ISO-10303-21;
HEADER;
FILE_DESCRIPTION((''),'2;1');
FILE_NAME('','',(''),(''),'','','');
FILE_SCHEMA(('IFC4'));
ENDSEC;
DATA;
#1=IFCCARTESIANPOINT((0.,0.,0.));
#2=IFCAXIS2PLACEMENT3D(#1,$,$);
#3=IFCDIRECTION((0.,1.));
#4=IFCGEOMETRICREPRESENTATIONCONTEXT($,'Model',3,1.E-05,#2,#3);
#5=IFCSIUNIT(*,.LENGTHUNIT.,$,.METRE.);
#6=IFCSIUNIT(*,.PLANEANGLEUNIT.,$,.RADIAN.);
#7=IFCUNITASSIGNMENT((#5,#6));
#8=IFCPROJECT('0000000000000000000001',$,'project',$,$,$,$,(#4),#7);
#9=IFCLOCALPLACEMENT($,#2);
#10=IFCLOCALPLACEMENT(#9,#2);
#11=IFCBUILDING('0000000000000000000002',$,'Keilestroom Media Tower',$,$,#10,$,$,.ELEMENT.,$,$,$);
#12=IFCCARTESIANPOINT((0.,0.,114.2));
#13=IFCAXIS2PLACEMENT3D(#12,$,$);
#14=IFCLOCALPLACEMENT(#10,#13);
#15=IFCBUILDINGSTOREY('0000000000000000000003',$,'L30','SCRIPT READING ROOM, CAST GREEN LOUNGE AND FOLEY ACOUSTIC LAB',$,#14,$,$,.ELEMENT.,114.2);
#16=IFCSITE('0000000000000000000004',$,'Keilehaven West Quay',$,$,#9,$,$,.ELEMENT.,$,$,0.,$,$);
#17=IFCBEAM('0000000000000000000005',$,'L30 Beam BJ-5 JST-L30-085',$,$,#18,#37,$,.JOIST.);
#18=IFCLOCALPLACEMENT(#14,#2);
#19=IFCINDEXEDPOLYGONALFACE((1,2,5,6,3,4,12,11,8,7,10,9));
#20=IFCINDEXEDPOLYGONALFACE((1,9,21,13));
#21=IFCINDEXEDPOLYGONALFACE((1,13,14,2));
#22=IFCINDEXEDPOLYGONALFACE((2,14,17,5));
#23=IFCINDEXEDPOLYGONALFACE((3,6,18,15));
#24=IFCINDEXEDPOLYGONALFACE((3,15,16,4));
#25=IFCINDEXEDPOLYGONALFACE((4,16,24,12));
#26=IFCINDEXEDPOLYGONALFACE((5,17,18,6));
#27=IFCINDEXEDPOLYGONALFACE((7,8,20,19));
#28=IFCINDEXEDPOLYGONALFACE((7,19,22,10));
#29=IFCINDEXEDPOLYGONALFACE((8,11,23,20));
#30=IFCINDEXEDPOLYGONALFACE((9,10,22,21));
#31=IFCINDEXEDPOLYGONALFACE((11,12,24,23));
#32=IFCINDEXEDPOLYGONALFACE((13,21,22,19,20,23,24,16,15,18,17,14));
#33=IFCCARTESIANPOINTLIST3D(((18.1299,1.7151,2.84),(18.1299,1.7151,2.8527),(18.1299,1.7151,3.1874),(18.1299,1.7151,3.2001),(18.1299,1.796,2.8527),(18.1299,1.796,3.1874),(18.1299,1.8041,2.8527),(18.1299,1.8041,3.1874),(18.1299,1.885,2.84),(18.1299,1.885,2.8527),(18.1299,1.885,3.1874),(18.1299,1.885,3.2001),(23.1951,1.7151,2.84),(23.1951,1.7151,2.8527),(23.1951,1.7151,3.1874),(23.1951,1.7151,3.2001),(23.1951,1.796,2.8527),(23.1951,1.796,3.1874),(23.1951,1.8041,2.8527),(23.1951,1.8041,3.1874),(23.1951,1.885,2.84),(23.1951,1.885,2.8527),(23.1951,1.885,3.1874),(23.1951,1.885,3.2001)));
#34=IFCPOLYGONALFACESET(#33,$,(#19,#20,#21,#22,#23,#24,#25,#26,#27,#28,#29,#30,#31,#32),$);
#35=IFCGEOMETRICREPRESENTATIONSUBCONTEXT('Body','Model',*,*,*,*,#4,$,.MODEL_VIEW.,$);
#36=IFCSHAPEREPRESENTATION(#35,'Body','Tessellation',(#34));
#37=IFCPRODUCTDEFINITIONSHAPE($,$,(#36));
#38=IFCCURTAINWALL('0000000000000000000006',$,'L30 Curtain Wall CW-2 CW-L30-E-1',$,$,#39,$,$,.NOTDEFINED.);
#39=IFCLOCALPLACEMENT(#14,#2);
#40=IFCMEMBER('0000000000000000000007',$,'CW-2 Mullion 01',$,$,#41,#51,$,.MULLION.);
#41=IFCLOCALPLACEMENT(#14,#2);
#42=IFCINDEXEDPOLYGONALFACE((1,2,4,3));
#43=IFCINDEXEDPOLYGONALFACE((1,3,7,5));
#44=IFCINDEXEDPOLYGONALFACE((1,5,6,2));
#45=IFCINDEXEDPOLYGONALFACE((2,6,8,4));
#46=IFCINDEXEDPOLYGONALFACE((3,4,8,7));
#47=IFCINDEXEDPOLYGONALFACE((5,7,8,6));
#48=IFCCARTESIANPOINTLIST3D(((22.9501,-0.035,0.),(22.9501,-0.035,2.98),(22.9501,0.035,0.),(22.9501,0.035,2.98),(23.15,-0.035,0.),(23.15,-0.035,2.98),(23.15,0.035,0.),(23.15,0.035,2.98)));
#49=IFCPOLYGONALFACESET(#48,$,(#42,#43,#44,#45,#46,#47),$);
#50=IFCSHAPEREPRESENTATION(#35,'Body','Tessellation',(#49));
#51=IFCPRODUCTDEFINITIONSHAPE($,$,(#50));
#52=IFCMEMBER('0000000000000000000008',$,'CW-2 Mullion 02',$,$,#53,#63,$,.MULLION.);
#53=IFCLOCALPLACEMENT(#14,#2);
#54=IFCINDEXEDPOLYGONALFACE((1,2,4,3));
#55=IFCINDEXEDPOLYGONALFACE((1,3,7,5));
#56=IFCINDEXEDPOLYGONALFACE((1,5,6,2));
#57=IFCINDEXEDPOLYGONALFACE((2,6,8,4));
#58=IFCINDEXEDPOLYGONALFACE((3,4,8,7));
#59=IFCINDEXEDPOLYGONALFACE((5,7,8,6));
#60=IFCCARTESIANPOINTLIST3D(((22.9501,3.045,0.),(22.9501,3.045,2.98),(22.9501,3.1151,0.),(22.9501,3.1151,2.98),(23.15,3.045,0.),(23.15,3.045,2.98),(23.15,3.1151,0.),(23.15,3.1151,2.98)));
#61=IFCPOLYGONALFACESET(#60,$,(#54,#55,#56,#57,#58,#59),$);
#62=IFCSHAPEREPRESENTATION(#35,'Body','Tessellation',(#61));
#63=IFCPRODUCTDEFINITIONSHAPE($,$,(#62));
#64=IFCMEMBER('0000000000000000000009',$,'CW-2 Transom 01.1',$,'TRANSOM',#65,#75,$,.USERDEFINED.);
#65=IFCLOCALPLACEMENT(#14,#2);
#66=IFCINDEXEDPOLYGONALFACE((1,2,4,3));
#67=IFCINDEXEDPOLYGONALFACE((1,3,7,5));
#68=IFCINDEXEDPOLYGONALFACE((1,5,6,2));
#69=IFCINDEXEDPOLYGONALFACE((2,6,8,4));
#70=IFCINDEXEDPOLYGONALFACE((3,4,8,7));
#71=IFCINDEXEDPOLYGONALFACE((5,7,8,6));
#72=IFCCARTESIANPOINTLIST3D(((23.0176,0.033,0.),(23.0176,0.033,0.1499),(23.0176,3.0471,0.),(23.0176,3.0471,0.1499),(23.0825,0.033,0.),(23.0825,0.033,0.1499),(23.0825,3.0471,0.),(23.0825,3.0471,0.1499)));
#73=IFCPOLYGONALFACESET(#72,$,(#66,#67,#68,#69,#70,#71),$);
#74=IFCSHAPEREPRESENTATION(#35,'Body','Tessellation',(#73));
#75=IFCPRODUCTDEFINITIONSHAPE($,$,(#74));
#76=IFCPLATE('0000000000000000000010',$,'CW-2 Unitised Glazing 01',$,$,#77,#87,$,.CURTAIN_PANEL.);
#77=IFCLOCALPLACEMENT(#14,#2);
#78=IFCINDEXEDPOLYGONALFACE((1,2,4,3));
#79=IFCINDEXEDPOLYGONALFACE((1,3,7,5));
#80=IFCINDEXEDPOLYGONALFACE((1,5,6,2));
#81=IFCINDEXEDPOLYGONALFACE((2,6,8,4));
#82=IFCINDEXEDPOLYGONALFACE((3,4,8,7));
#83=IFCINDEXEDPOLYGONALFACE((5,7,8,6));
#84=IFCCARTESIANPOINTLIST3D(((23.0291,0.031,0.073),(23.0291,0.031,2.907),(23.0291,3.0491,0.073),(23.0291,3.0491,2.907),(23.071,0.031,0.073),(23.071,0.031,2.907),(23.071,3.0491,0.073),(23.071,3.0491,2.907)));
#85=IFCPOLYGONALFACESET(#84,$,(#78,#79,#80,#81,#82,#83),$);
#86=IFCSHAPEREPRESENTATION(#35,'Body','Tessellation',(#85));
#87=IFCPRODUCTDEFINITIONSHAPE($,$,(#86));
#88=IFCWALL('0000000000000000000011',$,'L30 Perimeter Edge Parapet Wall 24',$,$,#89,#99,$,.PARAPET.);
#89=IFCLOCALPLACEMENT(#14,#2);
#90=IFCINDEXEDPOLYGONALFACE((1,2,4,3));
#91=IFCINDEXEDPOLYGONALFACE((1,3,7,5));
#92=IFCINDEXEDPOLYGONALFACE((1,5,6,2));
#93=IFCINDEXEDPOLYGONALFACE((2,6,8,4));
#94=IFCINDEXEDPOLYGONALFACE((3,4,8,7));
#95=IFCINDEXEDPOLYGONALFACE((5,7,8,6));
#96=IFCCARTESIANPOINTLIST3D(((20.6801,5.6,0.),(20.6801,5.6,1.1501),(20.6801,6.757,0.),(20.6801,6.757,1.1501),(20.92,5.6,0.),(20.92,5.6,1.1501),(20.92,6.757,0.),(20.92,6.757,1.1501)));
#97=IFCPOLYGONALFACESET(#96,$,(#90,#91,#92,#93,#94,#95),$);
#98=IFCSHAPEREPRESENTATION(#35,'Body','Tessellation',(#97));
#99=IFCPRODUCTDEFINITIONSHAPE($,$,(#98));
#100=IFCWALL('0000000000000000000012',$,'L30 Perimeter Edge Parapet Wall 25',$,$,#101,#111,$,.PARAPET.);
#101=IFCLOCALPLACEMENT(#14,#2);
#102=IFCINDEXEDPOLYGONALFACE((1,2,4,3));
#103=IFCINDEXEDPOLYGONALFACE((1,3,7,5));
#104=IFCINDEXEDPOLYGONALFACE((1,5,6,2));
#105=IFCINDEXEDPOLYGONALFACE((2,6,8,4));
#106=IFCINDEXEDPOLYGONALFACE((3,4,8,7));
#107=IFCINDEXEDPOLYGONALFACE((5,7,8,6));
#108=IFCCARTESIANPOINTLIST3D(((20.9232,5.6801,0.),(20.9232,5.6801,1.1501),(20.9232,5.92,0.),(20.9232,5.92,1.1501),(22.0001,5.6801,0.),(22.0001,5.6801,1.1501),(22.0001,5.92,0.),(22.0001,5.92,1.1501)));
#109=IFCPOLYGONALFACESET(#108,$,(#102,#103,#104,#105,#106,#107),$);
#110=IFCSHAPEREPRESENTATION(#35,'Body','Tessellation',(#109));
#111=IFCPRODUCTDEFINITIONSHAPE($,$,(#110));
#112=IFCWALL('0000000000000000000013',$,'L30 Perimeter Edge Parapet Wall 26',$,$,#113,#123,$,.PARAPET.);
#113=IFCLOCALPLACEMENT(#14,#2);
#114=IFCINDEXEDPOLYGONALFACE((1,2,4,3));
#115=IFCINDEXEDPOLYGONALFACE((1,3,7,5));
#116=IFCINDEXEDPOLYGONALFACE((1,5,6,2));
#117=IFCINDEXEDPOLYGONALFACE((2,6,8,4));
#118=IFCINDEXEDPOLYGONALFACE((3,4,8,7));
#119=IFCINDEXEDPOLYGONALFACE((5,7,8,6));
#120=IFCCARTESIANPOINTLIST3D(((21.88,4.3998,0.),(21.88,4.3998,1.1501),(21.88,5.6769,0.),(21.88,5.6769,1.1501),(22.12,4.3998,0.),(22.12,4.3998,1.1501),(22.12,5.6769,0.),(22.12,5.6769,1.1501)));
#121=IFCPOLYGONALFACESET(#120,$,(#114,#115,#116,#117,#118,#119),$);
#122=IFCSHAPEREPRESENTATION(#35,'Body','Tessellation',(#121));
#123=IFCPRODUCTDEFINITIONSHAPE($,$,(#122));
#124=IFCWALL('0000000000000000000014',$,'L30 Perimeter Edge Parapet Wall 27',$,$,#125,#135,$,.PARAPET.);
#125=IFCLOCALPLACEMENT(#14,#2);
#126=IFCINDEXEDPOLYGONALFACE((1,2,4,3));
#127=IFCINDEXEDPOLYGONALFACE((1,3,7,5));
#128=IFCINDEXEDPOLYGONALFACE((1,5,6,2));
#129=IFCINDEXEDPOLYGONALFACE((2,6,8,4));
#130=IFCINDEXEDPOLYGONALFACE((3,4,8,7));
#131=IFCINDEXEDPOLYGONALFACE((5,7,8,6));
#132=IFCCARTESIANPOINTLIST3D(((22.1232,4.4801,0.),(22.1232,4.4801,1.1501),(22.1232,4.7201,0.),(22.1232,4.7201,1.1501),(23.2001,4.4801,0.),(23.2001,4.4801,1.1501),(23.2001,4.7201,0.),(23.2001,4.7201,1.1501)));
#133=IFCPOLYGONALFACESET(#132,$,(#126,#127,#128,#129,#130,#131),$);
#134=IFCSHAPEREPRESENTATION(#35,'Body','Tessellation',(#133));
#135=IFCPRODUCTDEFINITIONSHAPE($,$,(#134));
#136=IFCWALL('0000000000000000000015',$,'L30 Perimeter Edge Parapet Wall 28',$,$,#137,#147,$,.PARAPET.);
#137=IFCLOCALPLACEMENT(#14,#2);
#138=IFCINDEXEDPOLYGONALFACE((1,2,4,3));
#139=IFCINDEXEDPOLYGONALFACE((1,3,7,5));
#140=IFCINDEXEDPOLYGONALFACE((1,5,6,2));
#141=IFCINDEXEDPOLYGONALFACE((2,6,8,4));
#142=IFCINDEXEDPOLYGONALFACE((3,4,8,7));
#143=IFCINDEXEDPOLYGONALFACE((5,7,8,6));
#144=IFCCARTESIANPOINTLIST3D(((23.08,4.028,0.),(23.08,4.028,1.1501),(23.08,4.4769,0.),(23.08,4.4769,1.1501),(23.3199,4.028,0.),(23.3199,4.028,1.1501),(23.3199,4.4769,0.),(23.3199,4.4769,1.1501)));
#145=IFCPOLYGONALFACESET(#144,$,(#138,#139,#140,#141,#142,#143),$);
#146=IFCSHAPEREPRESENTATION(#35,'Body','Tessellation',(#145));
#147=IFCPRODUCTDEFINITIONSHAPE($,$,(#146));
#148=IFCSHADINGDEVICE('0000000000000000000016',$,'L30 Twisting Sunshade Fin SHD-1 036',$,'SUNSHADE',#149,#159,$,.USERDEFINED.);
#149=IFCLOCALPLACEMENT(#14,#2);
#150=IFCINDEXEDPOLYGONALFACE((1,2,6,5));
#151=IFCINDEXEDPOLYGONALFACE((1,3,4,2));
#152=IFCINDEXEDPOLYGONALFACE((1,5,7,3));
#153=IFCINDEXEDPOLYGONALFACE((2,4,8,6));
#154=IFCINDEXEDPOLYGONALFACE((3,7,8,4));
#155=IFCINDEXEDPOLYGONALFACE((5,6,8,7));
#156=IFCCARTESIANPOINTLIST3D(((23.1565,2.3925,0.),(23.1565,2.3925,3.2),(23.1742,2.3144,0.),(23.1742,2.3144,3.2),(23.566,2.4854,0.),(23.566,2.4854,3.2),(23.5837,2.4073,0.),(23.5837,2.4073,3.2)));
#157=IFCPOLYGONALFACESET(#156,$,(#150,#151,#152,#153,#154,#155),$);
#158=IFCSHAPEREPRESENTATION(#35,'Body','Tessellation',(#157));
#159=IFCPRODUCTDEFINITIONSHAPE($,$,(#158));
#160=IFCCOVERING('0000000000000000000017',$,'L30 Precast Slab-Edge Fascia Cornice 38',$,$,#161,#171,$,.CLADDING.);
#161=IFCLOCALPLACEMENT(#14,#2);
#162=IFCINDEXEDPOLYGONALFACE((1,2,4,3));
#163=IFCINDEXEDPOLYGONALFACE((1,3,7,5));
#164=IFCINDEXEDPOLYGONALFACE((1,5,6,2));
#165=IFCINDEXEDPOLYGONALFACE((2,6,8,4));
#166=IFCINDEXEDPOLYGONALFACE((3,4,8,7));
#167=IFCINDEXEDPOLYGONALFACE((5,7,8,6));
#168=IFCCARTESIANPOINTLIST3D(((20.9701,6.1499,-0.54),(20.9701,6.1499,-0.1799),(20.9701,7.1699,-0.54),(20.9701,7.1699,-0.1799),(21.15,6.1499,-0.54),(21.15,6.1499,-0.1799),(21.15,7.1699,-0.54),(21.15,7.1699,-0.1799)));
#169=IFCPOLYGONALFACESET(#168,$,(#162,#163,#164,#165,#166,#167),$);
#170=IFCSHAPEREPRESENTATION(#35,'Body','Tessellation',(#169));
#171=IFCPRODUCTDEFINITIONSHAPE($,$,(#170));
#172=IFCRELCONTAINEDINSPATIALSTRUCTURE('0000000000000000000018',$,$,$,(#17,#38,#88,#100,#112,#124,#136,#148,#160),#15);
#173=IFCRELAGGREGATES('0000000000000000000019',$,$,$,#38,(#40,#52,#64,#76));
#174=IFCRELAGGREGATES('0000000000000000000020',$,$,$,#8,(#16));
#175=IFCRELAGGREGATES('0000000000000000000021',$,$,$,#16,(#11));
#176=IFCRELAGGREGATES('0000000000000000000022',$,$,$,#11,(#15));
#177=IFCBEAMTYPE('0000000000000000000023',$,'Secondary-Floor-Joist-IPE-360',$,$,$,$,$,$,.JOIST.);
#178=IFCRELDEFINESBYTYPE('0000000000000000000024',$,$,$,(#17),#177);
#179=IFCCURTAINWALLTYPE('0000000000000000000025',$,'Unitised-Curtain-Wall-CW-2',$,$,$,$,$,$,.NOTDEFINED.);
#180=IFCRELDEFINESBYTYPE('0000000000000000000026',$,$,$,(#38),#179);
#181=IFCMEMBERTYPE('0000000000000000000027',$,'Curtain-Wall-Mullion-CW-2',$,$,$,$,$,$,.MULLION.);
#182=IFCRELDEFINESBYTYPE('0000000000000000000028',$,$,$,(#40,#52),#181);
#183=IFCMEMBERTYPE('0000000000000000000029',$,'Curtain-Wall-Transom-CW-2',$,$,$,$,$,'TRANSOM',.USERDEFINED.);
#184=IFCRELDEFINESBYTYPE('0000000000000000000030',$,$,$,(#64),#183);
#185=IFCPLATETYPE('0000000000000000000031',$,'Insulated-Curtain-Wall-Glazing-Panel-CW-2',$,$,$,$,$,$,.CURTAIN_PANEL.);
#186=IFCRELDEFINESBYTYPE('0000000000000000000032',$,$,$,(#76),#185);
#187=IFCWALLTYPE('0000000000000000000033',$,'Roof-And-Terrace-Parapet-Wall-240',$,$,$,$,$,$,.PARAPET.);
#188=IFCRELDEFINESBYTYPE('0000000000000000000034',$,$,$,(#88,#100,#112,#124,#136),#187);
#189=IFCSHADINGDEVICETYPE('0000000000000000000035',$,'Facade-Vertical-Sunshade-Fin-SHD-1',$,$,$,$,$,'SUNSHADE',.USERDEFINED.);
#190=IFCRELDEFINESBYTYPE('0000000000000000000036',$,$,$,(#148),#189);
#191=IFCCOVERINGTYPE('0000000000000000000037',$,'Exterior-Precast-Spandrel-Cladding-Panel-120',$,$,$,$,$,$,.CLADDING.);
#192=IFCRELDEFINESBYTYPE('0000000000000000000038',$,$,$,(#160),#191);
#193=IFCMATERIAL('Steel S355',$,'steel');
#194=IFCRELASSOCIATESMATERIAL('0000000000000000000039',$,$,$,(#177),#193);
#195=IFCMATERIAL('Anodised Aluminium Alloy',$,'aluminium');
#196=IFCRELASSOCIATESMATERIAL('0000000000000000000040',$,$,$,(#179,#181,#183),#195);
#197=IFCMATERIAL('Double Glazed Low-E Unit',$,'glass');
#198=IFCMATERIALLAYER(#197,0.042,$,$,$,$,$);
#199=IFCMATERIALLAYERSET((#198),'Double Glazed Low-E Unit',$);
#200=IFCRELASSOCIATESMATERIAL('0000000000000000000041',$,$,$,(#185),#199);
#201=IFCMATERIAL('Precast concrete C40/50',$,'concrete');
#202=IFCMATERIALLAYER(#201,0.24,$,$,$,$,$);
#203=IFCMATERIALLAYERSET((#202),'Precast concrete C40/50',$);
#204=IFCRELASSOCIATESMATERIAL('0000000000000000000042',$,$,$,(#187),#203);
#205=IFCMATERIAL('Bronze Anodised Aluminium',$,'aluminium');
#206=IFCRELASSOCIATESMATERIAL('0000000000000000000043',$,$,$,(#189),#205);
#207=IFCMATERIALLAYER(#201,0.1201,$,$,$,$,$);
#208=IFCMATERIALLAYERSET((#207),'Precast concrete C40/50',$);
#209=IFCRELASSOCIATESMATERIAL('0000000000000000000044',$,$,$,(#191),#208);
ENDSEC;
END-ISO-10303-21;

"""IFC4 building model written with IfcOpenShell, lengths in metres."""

from ifc_helpers import new_model, si_unit, direction, frame, frame_2d, origin, origin_2d, place, context, subcontext, project, spatial, rectangle, i_section, extrude, source, transform, mapped, material, layer, layer_set, material_profile, profile_set, type_object, element, aggregate, save


model = new_model("IFC4")

# Units and contexts
model_context = context("Model", 3, precision=1e-05, world=origin(), true_north=direction((0.0, 1.0)))
body_context = subcontext(model_context, "Body", "Model", "MODEL_VIEW")
ifc_project = project(units=[si_unit("LENGTHUNIT", "METRE"), si_unit("PLANEANGLEUNIT", "RADIAN")], contexts=[model_context])

# Site, building, storey
site_placement = place(None, origin())
site = spatial("IfcSite", under=ifc_project, at=site_placement, Name="Keilehaven West Quay", CompositionType="ELEMENT", RefElevation=0.0)
building_placement = place(site_placement, origin())
building = spatial("IfcBuilding", under=site, at=building_placement, Name="Keilestroom Media Tower", CompositionType="ELEMENT")
storey_placement = place(building_placement, frame((0.0, 0.0, 114.2)))
storey = spatial("IfcBuildingStorey", under=building, at=storey_placement, Name="L30", Description="SCRIPT READING ROOM, CAST GREEN LOUNGE AND FOLEY ACOUSTIC LAB", CompositionType="ELEMENT", Elevation=114.2)

# Shared definitions
ifc_material_1 = material(Name="Precast concrete C40/50", Category="concrete")
ifc_material_2 = material(Name="Steel S355", Category="steel")

# Beam
ifc_material_profile_1 = material_profile(ifc_material_2, i_section(OverallWidth=0.1699, OverallDepth=0.3601, WebThickness=0.0081, FlangeThickness=0.0127, at=origin_2d()), Name="IPE 360")
ifc_profile_set_1 = profile_set([ifc_material_profile_1], Name="Steel S355")
beam_type_1 = type_object("IfcBeamType", Name="Secondary-Floor-Joist-IPE-360", PredefinedType="JOIST", material=ifc_profile_set_1)
shared_shape_1 = source(origin(), body_context, "Body", "SweptSolid", [
    extrude(i_section(OverallWidth=0.1699, OverallDepth=0.3601, WebThickness=0.0081, FlangeThickness=0.0127, at=origin_2d()), origin(), (0.0, 0.0, 1.0), 5.0652),
])
for number, where, z_axis, x_axis, name in (
    (1, (18.1299, 1.8, 3.02), (1.0, 0.0, 0.0), (0.0, 1.0, 0.0), "L30 Beam BJ-5 JST-L30-085"),
):
    element("IfcBeam", number, at=place(storey_placement, frame(where, z_axis=z_axis, x_axis=x_axis)), inside=storey, type_object=beam_type_1, Name=name, PredefinedType="JOIST", context=body_context, shape_type="MappedRepresentation", body=[
        mapped(shared_shape_1, transform((0.0, 0.0, 0.0), x_axis=(1.0, 0.0, 0.0), y_axis=(0.0, 1.0, 0.0), z_axis=(0.0, 0.0, 1.0), scale=1.0)),
    ])

# Curtain wall, members, plate
ifc_material_3 = material(Name="Anodised Aluminium Alloy", Category="aluminium")
curtain_wall_type = type_object("IfcCurtainWallType", Name="Unitised-Curtain-Wall-CW-2", PredefinedType="NOTDEFINED", material=ifc_material_3)
curtain_wall_placement = place(storey_placement, origin())
curtain_wall = element("IfcCurtainWall", 2, at=curtain_wall_placement, inside=storey, type_object=curtain_wall_type, Name="L30 Curtain Wall CW-2 CW-L30-E-1", PredefinedType="NOTDEFINED")
ifc_material_profile_2 = material_profile(ifc_material_3, rectangle(XDim=0.0701, YDim=0.2, at=origin_2d()), Name="ALU MULLION 70x200")
ifc_profile_set_2 = profile_set([ifc_material_profile_2], Name="Anodised Aluminium Alloy")
member_type_1 = type_object("IfcMemberType", Name="Curtain-Wall-Mullion-CW-2", PredefinedType="MULLION", material=ifc_profile_set_2)
shared_shape_2 = source(origin(), body_context, "Body", "SweptSolid", [
    extrude(rectangle(XDim=0.0701, YDim=0.2, at=origin_2d()), origin(), (0.0, 0.0, 1.0), 2.98),
])
member_1_placement = place(storey_placement, frame((23.05, 0.0, 0.0), z_axis=(0.0, 0.0, 1.0), x_axis=(0.0, 1.0, 0.0)))
member_1 = element("IfcMember", 3, at=member_1_placement, type_object=member_type_1, Name="CW-2 Mullion 01", PredefinedType="MULLION", context=body_context, shape_type="MappedRepresentation", body=[
    mapped(shared_shape_2, transform((0.0, 0.0, 0.0), x_axis=(1.0, 0.0, 0.0), y_axis=(0.0, 1.0, 0.0), z_axis=(0.0, 0.0, 1.0), scale=1.0)),
])
member_2_placement = place(storey_placement, frame((23.05, 3.0801, 0.0), z_axis=(0.0, 0.0, 1.0), x_axis=(0.0, 1.0, 0.0)))
member_2 = element("IfcMember", 4, at=member_2_placement, type_object=member_type_1, Name="CW-2 Mullion 02", PredefinedType="MULLION", context=body_context, shape_type="MappedRepresentation", body=[
    mapped(shared_shape_2, transform((0.0, 0.0, 0.0), x_axis=(1.0, 0.0, 0.0), y_axis=(0.0, 1.0, 0.0), z_axis=(0.0, 0.0, 1.0), scale=1.0)),
])
ifc_material_profile_3 = material_profile(ifc_material_3, rectangle(XDim=0.0649, YDim=0.1499, at=origin_2d()), Name="ALU TRANSOM 65x150")
ifc_profile_set_3 = profile_set([ifc_material_profile_3], Name="Anodised Aluminium Alloy")
member_type_2 = type_object("IfcMemberType", Name="Curtain-Wall-Transom-CW-2", ElementType="TRANSOM", PredefinedType="USERDEFINED", material=ifc_profile_set_3)
shared_shape_3 = source(origin(), body_context, "Body", "SweptSolid", [
    extrude(rectangle(XDim=0.0649, YDim=0.1499, at=origin_2d()), origin(), (0.0, 0.0, 1.0), 3.0142),
])
member_3_placement = place(storey_placement, frame((23.05, 0.033, 0.075), z_axis=(0.0, 1.0, 0.0), x_axis=(-1.0, 0.0, 0.0)))
member_3 = element("IfcMember", 5, at=member_3_placement, type_object=member_type_2, Name="CW-2 Transom 01.1", ObjectType="TRANSOM", PredefinedType="USERDEFINED", context=body_context, shape_type="MappedRepresentation", body=[
    mapped(shared_shape_3, transform((0.0, 0.0, 0.0), x_axis=(1.0, 0.0, 0.0), y_axis=(0.0, 1.0, 0.0), z_axis=(0.0, 0.0, 1.0), scale=1.0)),
])
ifc_material_4 = material(Name="Double Glazed Low-E Unit", Category="glass")
ifc_layer_1 = layer(ifc_material_4, 0.042)
ifc_layer_set_1 = layer_set([ifc_layer_1], Name="Double Glazed Low-E Unit")
plate_type = type_object("IfcPlateType", Name="Insulated-Curtain-Wall-Glazing-Panel-CW-2", PredefinedType="CURTAIN_PANEL", material=ifc_layer_set_1)
shared_shape_4 = source(origin(), body_context, "Body", "SweptSolid", [
    extrude(rectangle(XDim=3.0181, YDim=0.042, at=origin_2d()), origin(), (0.0, 0.0, 1.0), 2.834),
])
plate_placement = place(storey_placement, frame((23.05, 1.54, 0.073), z_axis=(0.0, 0.0, 1.0), x_axis=(0.0, 1.0, 0.0)))
plate = element("IfcPlate", 6, at=plate_placement, type_object=plate_type, Name="CW-2 Unitised Glazing 01", PredefinedType="CURTAIN_PANEL", context=body_context, shape_type="MappedRepresentation", body=[
    mapped(shared_shape_4, transform((0.0, 0.0, 0.0), x_axis=(1.0, 0.0, 0.0), y_axis=(0.0, 1.0, 0.0), z_axis=(0.0, 0.0, 1.0), scale=1.0)),
])
aggregate(curtain_wall, [member_1, member_2, member_3, plate])

# Walls
ifc_layer_2 = layer(ifc_material_1, 0.24)
ifc_layer_set_2 = layer_set([ifc_layer_2], Name="Precast concrete C40/50")
wall_type = type_object("IfcWallType", Name="Roof-And-Terrace-Parapet-Wall-240", PredefinedType="PARAPET", material=ifc_layer_set_2)
wall_1_placement = place(storey_placement, frame((20.8, 6.7571, 0.0), z_axis=(0.0, 0.0, 1.0), x_axis=(0.0, -1.0, 0.0)))
element("IfcWall", 7, at=wall_1_placement, inside=storey, type_object=wall_type, Name="L30 Perimeter Edge Parapet Wall 24", PredefinedType="PARAPET", context=body_context, shape_type="SweptSolid", body=[
    extrude(rectangle(XDim=1.157, YDim=0.24, at=frame_2d((0.5786, 0.0))), origin(), (0.0, 0.0, 1.0), 1.1501),
])
wall_2_placement = place(storey_placement, frame((20.9231, 5.8, 0.0), z_axis=(0.0, 0.0, 1.0), x_axis=(1.0, 0.0, 0.0)))
element("IfcWall", 8, at=wall_2_placement, inside=storey, type_object=wall_type, Name="L30 Perimeter Edge Parapet Wall 25", PredefinedType="PARAPET", context=body_context, shape_type="SweptSolid", body=[
    extrude(rectangle(XDim=1.0769, YDim=0.24, at=frame_2d((0.5386, 0.0))), origin(), (0.0, 0.0, 1.0), 1.1501),
])
wall_3_placement = place(storey_placement, frame((22.0, 5.677, 0.0), z_axis=(0.0, 0.0, 1.0), x_axis=(0.0, -1.0, 0.0)))
element("IfcWall", 9, at=wall_3_placement, inside=storey, type_object=wall_type, Name="L30 Perimeter Edge Parapet Wall 26", PredefinedType="PARAPET", context=body_context, shape_type="SweptSolid", body=[
    extrude(rectangle(XDim=1.2771, YDim=0.24, at=frame_2d((0.6387, 0.0))), origin(), (0.0, 0.0, 1.0), 1.1501),
])
wall_4_placement = place(storey_placement, frame((22.123, 4.6001, 0.0), z_axis=(0.0, 0.0, 1.0), x_axis=(1.0, 0.0, 0.0)))
element("IfcWall", 10, at=wall_4_placement, inside=storey, type_object=wall_type, Name="L30 Perimeter Edge Parapet Wall 27", PredefinedType="PARAPET", context=body_context, shape_type="SweptSolid", body=[
    extrude(rectangle(XDim=1.0769, YDim=0.24, at=frame_2d((0.5386, 0.0))), origin(), (0.0, 0.0, 1.0), 1.1501),
])
wall_5_placement = place(storey_placement, frame((23.2, 4.4771, 0.0), z_axis=(0.0, 0.0, 1.0), x_axis=(0.0, -1.0, 0.0)))
element("IfcWall", 11, at=wall_5_placement, inside=storey, type_object=wall_type, Name="L30 Perimeter Edge Parapet Wall 28", PredefinedType="PARAPET", context=body_context, shape_type="SweptSolid", body=[
    extrude(rectangle(XDim=0.449, YDim=0.24, at=frame_2d((0.2246, 0.0))), origin(), (0.0, 0.0, 1.0), 1.1501),
])

# Shading device
ifc_material_5 = material(Name="Bronze Anodised Aluminium", Category="aluminium")
shading_device_type = type_object("IfcShadingDeviceType", Name="Facade-Vertical-Sunshade-Fin-SHD-1", ElementType="SUNSHADE", PredefinedType="USERDEFINED", material=ifc_material_5)
shared_shape_5 = source(origin(), body_context, "Body", "SweptSolid", [
    extrude(rectangle(XDim=0.4199, YDim=0.0801, at=origin_2d()), origin(), (0.0, 0.0, 1.0), 3.2),
])
shading_device_placement = place(storey_placement, frame((23.3701, 2.3999, 0.0), z_axis=(0.0, 0.0, 1.0), x_axis=(0.975188, 0.221378, 0.0)))
element("IfcShadingDevice", 12, at=shading_device_placement, inside=storey, type_object=shading_device_type, Name="L30 Twisting Sunshade Fin SHD-1 036", ObjectType="SUNSHADE", PredefinedType="USERDEFINED", context=body_context, shape_type="MappedRepresentation", body=[
    mapped(shared_shape_5, transform((0.0, 0.0, 0.0), x_axis=(1.0, 0.0, 0.0), y_axis=(0.0, 1.0, 0.0), z_axis=(0.0, 0.0, 1.0), scale=1.0)),
])

# Covering
ifc_layer_3 = layer(ifc_material_1, 0.1201)
ifc_layer_set_3 = layer_set([ifc_layer_3], Name="Precast concrete C40/50")
covering_type = type_object("IfcCoveringType", Name="Exterior-Precast-Spandrel-Cladding-Panel-120", PredefinedType="CLADDING", material=ifc_layer_set_3)
shared_shape_6 = source(origin(), body_context, "Body", "SweptSolid", [
    extrude(rectangle(XDim=1.02, YDim=0.1799, at=origin_2d()), origin(), (0.0, 0.0, 1.0), 0.3601),
])
for number, where, z_axis, x_axis, name in (
    (13, (21.0601, 6.6599, -0.54), (0.0, 0.0, 1.0), (0.0, -1.0, 0.0), "L30 Precast Slab-Edge Fascia Cornice 38"),
):
    element("IfcCovering", number, at=place(storey_placement, frame(where, z_axis=z_axis, x_axis=x_axis)), inside=storey, type_object=covering_type, Name=name, PredefinedType="CLADDING", context=body_context, shape_type="MappedRepresentation", body=[
        mapped(shared_shape_6, transform((0.0, 0.0, 0.0), x_axis=(1.0, 0.0, 0.0), y_axis=(0.0, 1.0, 0.0), z_axis=(0.0, 0.0, 1.0), scale=1.0)),
    ])

save(model, "model.ifc")
